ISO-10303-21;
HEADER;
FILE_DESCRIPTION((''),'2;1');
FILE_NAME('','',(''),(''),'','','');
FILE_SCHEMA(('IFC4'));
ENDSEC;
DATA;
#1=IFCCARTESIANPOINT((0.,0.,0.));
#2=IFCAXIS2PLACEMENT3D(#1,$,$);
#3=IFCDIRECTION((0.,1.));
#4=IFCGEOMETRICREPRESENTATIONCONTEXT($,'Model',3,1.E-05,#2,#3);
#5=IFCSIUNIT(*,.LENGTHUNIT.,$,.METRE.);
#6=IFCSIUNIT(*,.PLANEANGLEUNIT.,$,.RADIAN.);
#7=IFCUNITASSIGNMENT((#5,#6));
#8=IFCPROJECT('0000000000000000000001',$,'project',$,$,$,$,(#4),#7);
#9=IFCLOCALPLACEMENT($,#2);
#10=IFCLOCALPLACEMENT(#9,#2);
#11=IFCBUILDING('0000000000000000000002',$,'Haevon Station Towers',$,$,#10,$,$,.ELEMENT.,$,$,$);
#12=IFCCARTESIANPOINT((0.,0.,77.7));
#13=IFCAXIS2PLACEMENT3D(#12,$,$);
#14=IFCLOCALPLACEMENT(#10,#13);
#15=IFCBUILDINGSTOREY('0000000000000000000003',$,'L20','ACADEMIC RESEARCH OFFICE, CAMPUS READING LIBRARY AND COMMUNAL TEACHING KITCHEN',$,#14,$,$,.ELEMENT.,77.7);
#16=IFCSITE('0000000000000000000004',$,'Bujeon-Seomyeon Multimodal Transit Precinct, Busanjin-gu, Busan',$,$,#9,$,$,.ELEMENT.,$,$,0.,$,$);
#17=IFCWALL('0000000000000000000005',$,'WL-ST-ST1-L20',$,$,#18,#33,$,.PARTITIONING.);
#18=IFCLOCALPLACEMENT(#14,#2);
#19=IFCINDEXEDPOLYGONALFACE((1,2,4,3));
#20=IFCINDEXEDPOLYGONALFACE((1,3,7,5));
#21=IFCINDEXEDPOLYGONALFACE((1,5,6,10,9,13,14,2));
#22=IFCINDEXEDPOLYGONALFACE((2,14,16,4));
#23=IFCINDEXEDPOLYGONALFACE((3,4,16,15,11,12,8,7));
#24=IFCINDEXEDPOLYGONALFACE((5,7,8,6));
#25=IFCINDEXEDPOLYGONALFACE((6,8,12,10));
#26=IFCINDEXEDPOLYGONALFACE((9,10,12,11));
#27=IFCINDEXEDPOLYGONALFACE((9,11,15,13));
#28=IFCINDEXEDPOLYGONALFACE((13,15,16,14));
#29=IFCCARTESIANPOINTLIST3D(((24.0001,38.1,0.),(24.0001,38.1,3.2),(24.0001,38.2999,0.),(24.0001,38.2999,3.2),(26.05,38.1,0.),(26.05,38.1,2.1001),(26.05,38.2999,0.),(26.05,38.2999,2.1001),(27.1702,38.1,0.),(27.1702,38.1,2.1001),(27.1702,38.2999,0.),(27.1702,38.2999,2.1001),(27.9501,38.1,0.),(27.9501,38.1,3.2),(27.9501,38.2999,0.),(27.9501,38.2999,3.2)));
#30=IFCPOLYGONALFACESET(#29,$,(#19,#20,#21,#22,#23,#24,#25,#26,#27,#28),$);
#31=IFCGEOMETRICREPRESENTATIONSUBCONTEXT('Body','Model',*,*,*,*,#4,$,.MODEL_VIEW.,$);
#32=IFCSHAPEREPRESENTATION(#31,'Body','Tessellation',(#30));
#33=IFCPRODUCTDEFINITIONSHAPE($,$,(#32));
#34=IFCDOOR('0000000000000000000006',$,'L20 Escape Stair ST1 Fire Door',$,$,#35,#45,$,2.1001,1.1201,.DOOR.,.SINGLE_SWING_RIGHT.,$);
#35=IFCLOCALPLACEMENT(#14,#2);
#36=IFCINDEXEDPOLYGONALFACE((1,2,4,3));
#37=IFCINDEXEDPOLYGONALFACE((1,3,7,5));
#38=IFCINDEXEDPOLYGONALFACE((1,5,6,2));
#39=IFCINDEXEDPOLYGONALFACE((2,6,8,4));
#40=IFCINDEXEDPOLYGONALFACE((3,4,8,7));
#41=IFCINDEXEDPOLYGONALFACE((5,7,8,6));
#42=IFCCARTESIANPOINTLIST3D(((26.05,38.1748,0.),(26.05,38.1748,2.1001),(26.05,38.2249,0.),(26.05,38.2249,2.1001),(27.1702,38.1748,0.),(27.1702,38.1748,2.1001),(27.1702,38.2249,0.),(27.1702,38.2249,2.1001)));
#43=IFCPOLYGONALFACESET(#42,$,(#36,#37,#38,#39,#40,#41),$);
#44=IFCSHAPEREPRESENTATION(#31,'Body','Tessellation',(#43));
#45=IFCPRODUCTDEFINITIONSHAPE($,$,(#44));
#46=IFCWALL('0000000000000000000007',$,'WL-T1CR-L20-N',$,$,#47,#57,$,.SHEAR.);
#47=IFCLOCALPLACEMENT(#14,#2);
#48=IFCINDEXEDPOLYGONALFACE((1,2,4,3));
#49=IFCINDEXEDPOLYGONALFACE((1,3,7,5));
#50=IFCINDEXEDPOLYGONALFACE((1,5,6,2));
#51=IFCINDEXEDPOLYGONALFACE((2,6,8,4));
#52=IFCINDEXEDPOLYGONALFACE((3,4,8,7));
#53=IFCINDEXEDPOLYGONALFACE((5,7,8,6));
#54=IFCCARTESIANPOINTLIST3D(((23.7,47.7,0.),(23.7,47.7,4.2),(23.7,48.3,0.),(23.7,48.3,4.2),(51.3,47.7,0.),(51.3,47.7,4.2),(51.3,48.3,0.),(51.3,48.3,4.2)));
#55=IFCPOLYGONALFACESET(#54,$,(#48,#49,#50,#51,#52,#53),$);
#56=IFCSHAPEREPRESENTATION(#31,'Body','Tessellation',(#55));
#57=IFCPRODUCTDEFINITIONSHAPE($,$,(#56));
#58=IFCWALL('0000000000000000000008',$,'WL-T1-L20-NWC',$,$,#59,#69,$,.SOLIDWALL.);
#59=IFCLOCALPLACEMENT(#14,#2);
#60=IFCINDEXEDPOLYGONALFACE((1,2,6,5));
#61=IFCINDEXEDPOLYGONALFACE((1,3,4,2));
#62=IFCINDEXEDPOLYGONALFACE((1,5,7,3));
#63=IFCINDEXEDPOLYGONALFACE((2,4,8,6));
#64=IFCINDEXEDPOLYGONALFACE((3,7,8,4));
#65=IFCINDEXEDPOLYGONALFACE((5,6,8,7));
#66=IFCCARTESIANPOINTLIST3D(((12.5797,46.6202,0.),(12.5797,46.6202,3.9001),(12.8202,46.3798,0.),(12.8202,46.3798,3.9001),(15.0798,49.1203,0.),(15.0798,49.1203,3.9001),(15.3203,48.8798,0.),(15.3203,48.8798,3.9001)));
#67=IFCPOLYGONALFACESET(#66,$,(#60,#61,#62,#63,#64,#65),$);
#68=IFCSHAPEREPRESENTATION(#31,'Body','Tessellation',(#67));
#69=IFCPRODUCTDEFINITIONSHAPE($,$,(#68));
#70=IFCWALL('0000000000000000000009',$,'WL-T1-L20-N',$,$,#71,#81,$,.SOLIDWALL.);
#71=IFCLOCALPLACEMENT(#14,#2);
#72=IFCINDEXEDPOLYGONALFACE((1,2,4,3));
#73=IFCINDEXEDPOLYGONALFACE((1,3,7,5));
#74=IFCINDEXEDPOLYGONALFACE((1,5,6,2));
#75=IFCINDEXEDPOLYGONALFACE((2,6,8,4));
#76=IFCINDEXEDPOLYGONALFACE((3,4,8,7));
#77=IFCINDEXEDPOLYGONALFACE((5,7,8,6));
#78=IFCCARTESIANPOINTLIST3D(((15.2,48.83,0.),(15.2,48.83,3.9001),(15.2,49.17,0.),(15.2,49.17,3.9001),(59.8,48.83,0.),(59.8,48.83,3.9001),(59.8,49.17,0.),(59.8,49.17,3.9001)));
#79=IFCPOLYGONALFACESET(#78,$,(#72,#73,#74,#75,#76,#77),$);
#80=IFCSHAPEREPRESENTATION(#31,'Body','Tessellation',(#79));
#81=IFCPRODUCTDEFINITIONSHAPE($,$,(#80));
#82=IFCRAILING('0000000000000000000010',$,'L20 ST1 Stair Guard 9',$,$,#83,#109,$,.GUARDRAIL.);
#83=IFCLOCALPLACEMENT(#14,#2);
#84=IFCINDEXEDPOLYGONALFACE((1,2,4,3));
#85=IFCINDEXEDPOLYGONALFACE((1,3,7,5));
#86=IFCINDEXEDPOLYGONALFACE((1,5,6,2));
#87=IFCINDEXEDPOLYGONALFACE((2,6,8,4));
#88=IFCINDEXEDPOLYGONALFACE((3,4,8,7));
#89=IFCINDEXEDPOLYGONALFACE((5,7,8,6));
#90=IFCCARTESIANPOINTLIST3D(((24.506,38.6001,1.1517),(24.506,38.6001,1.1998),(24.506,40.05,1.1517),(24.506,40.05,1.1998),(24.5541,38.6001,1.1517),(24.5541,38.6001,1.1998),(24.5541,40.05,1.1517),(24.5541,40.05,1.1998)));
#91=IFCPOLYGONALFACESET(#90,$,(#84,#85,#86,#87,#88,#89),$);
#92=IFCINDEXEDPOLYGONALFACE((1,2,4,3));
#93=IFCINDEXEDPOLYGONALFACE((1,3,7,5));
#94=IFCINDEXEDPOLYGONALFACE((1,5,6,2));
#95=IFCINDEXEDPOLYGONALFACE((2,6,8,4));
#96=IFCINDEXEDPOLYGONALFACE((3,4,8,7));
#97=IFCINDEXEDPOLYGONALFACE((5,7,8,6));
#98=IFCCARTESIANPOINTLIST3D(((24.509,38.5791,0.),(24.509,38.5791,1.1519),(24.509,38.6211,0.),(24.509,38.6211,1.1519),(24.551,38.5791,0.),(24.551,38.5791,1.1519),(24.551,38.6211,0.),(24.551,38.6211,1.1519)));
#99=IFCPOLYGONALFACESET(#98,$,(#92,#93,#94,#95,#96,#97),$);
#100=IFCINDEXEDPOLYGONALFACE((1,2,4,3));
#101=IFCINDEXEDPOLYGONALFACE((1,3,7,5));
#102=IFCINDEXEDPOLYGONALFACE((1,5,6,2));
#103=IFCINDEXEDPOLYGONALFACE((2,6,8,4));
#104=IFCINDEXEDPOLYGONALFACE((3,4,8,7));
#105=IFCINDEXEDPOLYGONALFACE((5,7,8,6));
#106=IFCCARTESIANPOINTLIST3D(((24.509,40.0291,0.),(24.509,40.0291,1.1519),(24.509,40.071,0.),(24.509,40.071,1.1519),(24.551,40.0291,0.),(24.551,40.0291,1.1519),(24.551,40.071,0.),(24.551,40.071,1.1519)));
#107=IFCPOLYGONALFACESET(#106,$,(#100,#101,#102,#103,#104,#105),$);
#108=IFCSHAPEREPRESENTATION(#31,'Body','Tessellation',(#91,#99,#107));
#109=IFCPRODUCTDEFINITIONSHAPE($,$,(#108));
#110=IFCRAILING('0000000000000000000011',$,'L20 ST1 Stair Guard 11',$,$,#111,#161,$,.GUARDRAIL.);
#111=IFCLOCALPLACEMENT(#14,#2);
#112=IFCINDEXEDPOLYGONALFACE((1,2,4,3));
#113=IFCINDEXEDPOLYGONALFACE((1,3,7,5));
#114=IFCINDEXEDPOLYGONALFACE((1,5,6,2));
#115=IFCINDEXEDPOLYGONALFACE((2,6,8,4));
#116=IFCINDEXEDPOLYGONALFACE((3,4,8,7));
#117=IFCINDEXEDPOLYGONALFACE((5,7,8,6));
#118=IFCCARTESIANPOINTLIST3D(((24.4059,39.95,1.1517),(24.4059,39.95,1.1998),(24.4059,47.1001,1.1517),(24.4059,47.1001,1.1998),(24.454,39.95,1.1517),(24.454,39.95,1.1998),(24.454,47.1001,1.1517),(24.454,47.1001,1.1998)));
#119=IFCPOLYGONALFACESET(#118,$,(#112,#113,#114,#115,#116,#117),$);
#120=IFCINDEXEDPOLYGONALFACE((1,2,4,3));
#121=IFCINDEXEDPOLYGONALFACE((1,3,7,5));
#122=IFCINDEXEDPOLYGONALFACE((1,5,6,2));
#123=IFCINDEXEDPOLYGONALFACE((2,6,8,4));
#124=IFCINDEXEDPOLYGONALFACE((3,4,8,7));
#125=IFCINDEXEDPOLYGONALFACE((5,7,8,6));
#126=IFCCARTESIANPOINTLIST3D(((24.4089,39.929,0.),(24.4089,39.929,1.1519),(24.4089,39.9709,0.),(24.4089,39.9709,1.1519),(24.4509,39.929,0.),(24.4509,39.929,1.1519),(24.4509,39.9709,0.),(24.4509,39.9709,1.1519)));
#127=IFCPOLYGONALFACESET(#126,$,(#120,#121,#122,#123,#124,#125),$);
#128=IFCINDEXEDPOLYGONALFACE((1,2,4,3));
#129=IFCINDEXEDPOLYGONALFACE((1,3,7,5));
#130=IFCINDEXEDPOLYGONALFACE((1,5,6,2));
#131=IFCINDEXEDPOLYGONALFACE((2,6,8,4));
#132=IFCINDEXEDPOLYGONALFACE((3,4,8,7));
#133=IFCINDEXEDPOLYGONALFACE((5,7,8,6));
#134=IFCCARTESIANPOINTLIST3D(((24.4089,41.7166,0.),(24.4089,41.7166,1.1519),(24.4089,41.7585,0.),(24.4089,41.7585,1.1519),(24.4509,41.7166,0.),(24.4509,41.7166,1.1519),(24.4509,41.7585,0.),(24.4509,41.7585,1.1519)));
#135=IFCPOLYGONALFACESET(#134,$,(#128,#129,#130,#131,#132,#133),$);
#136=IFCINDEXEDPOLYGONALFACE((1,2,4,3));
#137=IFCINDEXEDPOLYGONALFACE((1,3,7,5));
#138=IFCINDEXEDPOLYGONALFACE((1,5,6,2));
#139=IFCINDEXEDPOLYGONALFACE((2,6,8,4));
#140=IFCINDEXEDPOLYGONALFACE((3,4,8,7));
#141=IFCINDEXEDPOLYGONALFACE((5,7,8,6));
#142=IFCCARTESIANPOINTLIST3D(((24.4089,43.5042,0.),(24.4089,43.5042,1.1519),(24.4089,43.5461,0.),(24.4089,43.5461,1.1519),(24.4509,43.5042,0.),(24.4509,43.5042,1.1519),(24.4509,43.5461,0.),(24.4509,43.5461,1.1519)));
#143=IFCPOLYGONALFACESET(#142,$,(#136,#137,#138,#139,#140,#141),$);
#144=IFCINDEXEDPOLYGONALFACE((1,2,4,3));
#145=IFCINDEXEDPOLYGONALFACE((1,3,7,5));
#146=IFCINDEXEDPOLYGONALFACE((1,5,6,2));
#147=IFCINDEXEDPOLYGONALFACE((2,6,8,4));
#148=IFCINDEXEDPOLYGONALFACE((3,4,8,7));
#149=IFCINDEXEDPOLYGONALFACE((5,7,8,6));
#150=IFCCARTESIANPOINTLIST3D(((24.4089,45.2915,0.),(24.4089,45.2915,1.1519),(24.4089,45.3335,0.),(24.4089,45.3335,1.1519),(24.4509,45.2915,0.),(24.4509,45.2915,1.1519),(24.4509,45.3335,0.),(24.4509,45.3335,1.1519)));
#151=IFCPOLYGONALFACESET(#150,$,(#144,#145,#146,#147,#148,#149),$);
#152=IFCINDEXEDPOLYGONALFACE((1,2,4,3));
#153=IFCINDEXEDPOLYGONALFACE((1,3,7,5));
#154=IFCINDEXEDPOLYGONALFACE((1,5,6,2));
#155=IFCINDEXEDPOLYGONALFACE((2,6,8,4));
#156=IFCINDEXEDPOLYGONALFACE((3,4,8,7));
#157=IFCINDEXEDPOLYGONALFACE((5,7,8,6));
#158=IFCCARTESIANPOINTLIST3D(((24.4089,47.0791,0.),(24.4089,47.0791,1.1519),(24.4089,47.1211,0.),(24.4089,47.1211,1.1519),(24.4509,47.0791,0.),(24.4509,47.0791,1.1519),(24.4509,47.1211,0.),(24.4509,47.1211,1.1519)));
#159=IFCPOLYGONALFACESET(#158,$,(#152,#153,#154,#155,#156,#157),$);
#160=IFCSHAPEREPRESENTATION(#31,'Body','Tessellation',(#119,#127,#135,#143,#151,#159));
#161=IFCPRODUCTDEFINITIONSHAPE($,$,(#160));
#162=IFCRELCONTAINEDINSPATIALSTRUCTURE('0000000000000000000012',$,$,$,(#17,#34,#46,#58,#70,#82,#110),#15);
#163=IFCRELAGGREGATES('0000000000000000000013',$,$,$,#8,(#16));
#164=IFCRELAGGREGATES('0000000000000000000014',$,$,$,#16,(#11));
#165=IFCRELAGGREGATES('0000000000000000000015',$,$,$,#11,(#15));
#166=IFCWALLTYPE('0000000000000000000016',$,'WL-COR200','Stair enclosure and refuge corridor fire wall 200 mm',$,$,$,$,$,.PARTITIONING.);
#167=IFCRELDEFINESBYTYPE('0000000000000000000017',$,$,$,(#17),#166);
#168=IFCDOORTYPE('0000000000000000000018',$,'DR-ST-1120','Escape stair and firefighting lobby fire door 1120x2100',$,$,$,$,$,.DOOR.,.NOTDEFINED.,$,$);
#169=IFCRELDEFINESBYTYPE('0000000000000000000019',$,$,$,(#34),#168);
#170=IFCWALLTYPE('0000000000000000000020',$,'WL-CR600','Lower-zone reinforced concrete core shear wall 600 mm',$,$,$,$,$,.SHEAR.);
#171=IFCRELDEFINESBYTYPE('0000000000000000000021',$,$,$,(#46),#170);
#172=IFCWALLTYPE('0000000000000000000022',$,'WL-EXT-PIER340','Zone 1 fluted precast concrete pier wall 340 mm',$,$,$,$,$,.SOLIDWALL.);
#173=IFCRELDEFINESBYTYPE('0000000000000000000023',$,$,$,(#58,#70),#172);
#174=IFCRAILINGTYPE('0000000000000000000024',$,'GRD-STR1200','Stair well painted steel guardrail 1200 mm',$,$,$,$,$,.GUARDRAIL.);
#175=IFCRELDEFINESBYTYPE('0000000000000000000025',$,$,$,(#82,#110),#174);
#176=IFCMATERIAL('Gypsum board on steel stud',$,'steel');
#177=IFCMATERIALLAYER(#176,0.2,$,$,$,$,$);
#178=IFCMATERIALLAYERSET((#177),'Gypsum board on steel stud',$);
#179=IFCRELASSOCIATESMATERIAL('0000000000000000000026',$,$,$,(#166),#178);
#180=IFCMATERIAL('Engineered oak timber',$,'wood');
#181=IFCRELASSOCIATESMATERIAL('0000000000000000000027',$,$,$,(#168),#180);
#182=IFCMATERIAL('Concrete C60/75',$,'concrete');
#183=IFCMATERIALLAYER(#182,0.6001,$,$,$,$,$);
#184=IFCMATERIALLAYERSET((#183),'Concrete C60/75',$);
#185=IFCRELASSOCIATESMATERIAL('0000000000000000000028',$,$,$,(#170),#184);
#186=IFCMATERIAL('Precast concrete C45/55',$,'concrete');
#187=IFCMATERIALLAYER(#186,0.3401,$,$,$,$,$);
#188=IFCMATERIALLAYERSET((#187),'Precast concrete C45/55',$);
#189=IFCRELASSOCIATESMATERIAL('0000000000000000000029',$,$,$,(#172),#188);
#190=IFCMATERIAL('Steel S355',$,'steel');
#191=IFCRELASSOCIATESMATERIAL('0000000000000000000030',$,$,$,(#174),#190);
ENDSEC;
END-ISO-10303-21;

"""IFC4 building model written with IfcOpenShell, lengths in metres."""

from ifc_helpers import new_model, si_unit, direction, frame, frame_2d, origin, origin_2d, place, context, subcontext, project, spatial, rectangle, extrude, material, layer, layer_set, type_object, element, fill, save


model = new_model("IFC4")

# Units and contexts
model_context = context("Model", 3, precision=1e-05, world=origin(), true_north=direction((0.0, 1.0)))
body_context = subcontext(model_context, "Body", "Model", "MODEL_VIEW")
ifc_project = project(units=[si_unit("LENGTHUNIT", "METRE"), si_unit("PLANEANGLEUNIT", "RADIAN")], contexts=[model_context])

# Site, building, storey
site_placement = place(None, origin())
site = spatial("IfcSite", under=ifc_project, at=site_placement, Name="Bujeon-Seomyeon Multimodal Transit Precinct, Busanjin-gu, Busan", CompositionType="ELEMENT", RefElevation=0.0)
building_placement = place(site_placement, origin())
building = spatial("IfcBuilding", under=site, at=building_placement, Name="Haevon Station Towers", CompositionType="ELEMENT")
storey_placement = place(building_placement, frame((0.0, 0.0, 77.7)))
storey = spatial("IfcBuildingStorey", under=building, at=storey_placement, Name="L20", Description="ACADEMIC RESEARCH OFFICE, CAMPUS READING LIBRARY AND COMMUNAL TEACHING KITCHEN", CompositionType="ELEMENT", Elevation=77.7)

# Shared definitions
ifc_material_1 = material(Name="Steel S355", Category="steel")

# Wall, opening, door
ifc_material_2 = material(Name="Gypsum board on steel stud", Category="steel")
ifc_layer_1 = layer(ifc_material_2, 0.2)
ifc_layer_set_1 = layer_set([ifc_layer_1], Name="Gypsum board on steel stud")
wall_type_1 = type_object("IfcWallType", Name="WL-COR200", Description="Stair enclosure and refuge corridor fire wall 200 mm", PredefinedType="PARTITIONING", material=ifc_layer_set_1)
wall_1_placement = place(storey_placement, frame((24.0, 38.2, 0.0), z_axis=(0.0, 0.0, 1.0), x_axis=(1.0, 0.0, 0.0)))
wall_1 = element("IfcWall", 1, at=wall_1_placement, inside=storey, type_object=wall_type_1, Name="WL-ST-ST1-L20", PredefinedType="PARTITIONING", context=body_context, shape_type="SweptSolid", body=[
    extrude(rectangle(XDim=3.95, YDim=0.2, at=frame_2d((1.9751, 0.0))), origin(), (0.0, 0.0, 1.0), 3.2),
])
opening_placement = place(wall_1_placement, frame((2.05, 0.0, 0.0)))
opening = element("IfcOpeningElement", 2, at=opening_placement, cuts=wall_1, PredefinedType="OPENING", context=body_context, shape_type="SweptSolid", body=[
    extrude(rectangle(XDim=1.1201, YDim=2.1001, at=frame_2d((0.5601, 1.05))), frame((0.0, 0.1099, 0.0), z_axis=(0.0, -1.0, 0.0), x_axis=(1.0, 0.0, 0.0)), (0.0, 0.0, 1.0), 0.22),
])
ifc_material_3 = material(Name="Engineered oak timber", Category="wood")
door_type = type_object("IfcDoorType", Name="DR-ST-1120", Description="Escape stair and firefighting lobby fire door 1120x2100", OperationType="NOTDEFINED", PredefinedType="DOOR", material=ifc_material_3)
door_placement = place(opening_placement, origin())
door = element("IfcDoor", 3, at=door_placement, inside=storey, type_object=door_type, Name="L20 Escape Stair ST1 Fire Door", OperationType="SINGLE_SWING_RIGHT", OverallHeight=2.1001, OverallWidth=1.1201, PredefinedType="DOOR", context=body_context, shape_type="SweptSolid", body=[
    extrude(rectangle(XDim=1.1201, YDim=2.1001, at=frame_2d((0.5601, 1.05))), frame((0.0, 0.0249, 0.0), z_axis=(0.0, -1.0, 0.0), x_axis=(1.0, 0.0, 0.0)), (0.0, 0.0, 1.0), 0.05),
])
fill(opening, door)

# Walls
ifc_material_4 = material(Name="Concrete C60/75", Category="concrete")
ifc_layer_2 = layer(ifc_material_4, 0.6001)
ifc_layer_set_2 = layer_set([ifc_layer_2], Name="Concrete C60/75")
wall_type_2 = type_object("IfcWallType", Name="WL-CR600", Description="Lower-zone reinforced concrete core shear wall 600 mm", PredefinedType="SHEAR", material=ifc_layer_set_2)
wall_2_placement = place(storey_placement, frame((23.7, 48.0, 0.0), z_axis=(0.0, 0.0, 1.0), x_axis=(1.0, 0.0, 0.0)))
element("IfcWall", 4, at=wall_2_placement, inside=storey, type_object=wall_type_2, Name="WL-T1CR-L20-N", PredefinedType="SHEAR", context=body_context, shape_type="SweptSolid", body=[
    extrude(rectangle(XDim=27.6001, YDim=0.6001, at=frame_2d((13.8, 0.0))), origin(), (0.0, 0.0, 1.0), 4.2),
])
ifc_material_5 = material(Name="Precast concrete C45/55", Category="concrete")
ifc_layer_3 = layer(ifc_material_5, 0.3401)
ifc_layer_set_3 = layer_set([ifc_layer_3], Name="Precast concrete C45/55")
wall_type_3 = type_object("IfcWallType", Name="WL-EXT-PIER340", Description="Zone 1 fluted precast concrete pier wall 340 mm", PredefinedType="SOLIDWALL", material=ifc_layer_set_3)
wall_3_placement = place(storey_placement, frame((12.7, 46.5, 0.0), z_axis=(0.0, 0.0, 1.0), x_axis=(0.707107, 0.707107, 0.0)))
element("IfcWall", 5, at=wall_3_placement, inside=storey, type_object=wall_type_3, Name="WL-T1-L20-NWC", PredefinedType="SOLIDWALL", context=body_context, shape_type="SweptSolid", body=[
    extrude(rectangle(XDim=3.5356, YDim=0.3401, at=frame_2d((1.7678, 0.0))), origin(), (0.0, 0.0, 1.0), 3.9001),
])
wall_4_placement = place(storey_placement, frame((15.2, 49.0, 0.0), z_axis=(0.0, 0.0, 1.0), x_axis=(1.0, 0.0, 0.0)))
element("IfcWall", 6, at=wall_4_placement, inside=storey, type_object=wall_type_3, Name="WL-T1-L20-N", PredefinedType="SOLIDWALL", context=body_context, shape_type="SweptSolid", body=[
    extrude(rectangle(XDim=44.6001, YDim=0.3401, at=frame_2d((22.3, 0.0))), origin(), (0.0, 0.0, 1.0), 3.9001),
])

# Railings
railing_type = type_object("IfcRailingType", Name="GRD-STR1200", Description="Stair well painted steel guardrail 1200 mm", PredefinedType="GUARDRAIL", material=ifc_material_1)
railing_1_placement = place(storey_placement, frame((24.53, 38.6001, 0.0)))
element("IfcRailing", 7, at=railing_1_placement, inside=storey, type_object=railing_type, Name="L20 ST1 Stair Guard 9", PredefinedType="GUARDRAIL", context=body_context, shape_type="SweptSolid", body=[
    extrude(rectangle(XDim=0.0481, YDim=0.0481, at=origin_2d()), frame((0.0, 0.0, 1.1758), z_axis=(0.0, 1.0, 0.0), x_axis=(-1.0, 0.0, 0.0)), (0.0, 0.0, 1.0), 1.45),
    extrude(rectangle(XDim=0.042, YDim=0.042, at=origin_2d()), origin(), (0.0, 0.0, 1.0), 1.1519),
    extrude(rectangle(XDim=0.042, YDim=0.042, at=origin_2d()), frame((0.0, 1.45, 0.0)), (0.0, 0.0, 1.0), 1.1519),
])
railing_2_placement = place(storey_placement, frame((24.4299, 39.95, 0.0)))
element("IfcRailing", 8, at=railing_2_placement, inside=storey, type_object=railing_type, Name="L20 ST1 Stair Guard 11", PredefinedType="GUARDRAIL", context=body_context, shape_type="SweptSolid", body=[
    extrude(rectangle(XDim=0.0481, YDim=0.0481, at=origin_2d()), frame((0.0, 0.0, 1.1758), z_axis=(0.0, 1.0, 0.0), x_axis=(-1.0, 0.0, 0.0)), (0.0, 0.0, 1.0), 7.1501),
    extrude(rectangle(XDim=0.042, YDim=0.042, at=origin_2d()), origin(), (0.0, 0.0, 1.0), 1.1519),
    extrude(rectangle(XDim=0.042, YDim=0.042, at=origin_2d()), frame((0.0, 1.7876, 0.0)), (0.0, 0.0, 1.0), 1.1519),
    extrude(rectangle(XDim=0.042, YDim=0.042, at=origin_2d()), frame((0.0, 3.5752, 0.0)), (0.0, 0.0, 1.0), 1.1519),
    extrude(rectangle(XDim=0.042, YDim=0.042, at=origin_2d()), frame((0.0, 5.3625, 0.0)), (0.0, 0.0, 1.0), 1.1519),
    extrude(rectangle(XDim=0.042, YDim=0.042, at=origin_2d()), frame((0.0, 7.1501, 0.0)), (0.0, 0.0, 1.0), 1.1519),
])

save(model, "model.ifc")
